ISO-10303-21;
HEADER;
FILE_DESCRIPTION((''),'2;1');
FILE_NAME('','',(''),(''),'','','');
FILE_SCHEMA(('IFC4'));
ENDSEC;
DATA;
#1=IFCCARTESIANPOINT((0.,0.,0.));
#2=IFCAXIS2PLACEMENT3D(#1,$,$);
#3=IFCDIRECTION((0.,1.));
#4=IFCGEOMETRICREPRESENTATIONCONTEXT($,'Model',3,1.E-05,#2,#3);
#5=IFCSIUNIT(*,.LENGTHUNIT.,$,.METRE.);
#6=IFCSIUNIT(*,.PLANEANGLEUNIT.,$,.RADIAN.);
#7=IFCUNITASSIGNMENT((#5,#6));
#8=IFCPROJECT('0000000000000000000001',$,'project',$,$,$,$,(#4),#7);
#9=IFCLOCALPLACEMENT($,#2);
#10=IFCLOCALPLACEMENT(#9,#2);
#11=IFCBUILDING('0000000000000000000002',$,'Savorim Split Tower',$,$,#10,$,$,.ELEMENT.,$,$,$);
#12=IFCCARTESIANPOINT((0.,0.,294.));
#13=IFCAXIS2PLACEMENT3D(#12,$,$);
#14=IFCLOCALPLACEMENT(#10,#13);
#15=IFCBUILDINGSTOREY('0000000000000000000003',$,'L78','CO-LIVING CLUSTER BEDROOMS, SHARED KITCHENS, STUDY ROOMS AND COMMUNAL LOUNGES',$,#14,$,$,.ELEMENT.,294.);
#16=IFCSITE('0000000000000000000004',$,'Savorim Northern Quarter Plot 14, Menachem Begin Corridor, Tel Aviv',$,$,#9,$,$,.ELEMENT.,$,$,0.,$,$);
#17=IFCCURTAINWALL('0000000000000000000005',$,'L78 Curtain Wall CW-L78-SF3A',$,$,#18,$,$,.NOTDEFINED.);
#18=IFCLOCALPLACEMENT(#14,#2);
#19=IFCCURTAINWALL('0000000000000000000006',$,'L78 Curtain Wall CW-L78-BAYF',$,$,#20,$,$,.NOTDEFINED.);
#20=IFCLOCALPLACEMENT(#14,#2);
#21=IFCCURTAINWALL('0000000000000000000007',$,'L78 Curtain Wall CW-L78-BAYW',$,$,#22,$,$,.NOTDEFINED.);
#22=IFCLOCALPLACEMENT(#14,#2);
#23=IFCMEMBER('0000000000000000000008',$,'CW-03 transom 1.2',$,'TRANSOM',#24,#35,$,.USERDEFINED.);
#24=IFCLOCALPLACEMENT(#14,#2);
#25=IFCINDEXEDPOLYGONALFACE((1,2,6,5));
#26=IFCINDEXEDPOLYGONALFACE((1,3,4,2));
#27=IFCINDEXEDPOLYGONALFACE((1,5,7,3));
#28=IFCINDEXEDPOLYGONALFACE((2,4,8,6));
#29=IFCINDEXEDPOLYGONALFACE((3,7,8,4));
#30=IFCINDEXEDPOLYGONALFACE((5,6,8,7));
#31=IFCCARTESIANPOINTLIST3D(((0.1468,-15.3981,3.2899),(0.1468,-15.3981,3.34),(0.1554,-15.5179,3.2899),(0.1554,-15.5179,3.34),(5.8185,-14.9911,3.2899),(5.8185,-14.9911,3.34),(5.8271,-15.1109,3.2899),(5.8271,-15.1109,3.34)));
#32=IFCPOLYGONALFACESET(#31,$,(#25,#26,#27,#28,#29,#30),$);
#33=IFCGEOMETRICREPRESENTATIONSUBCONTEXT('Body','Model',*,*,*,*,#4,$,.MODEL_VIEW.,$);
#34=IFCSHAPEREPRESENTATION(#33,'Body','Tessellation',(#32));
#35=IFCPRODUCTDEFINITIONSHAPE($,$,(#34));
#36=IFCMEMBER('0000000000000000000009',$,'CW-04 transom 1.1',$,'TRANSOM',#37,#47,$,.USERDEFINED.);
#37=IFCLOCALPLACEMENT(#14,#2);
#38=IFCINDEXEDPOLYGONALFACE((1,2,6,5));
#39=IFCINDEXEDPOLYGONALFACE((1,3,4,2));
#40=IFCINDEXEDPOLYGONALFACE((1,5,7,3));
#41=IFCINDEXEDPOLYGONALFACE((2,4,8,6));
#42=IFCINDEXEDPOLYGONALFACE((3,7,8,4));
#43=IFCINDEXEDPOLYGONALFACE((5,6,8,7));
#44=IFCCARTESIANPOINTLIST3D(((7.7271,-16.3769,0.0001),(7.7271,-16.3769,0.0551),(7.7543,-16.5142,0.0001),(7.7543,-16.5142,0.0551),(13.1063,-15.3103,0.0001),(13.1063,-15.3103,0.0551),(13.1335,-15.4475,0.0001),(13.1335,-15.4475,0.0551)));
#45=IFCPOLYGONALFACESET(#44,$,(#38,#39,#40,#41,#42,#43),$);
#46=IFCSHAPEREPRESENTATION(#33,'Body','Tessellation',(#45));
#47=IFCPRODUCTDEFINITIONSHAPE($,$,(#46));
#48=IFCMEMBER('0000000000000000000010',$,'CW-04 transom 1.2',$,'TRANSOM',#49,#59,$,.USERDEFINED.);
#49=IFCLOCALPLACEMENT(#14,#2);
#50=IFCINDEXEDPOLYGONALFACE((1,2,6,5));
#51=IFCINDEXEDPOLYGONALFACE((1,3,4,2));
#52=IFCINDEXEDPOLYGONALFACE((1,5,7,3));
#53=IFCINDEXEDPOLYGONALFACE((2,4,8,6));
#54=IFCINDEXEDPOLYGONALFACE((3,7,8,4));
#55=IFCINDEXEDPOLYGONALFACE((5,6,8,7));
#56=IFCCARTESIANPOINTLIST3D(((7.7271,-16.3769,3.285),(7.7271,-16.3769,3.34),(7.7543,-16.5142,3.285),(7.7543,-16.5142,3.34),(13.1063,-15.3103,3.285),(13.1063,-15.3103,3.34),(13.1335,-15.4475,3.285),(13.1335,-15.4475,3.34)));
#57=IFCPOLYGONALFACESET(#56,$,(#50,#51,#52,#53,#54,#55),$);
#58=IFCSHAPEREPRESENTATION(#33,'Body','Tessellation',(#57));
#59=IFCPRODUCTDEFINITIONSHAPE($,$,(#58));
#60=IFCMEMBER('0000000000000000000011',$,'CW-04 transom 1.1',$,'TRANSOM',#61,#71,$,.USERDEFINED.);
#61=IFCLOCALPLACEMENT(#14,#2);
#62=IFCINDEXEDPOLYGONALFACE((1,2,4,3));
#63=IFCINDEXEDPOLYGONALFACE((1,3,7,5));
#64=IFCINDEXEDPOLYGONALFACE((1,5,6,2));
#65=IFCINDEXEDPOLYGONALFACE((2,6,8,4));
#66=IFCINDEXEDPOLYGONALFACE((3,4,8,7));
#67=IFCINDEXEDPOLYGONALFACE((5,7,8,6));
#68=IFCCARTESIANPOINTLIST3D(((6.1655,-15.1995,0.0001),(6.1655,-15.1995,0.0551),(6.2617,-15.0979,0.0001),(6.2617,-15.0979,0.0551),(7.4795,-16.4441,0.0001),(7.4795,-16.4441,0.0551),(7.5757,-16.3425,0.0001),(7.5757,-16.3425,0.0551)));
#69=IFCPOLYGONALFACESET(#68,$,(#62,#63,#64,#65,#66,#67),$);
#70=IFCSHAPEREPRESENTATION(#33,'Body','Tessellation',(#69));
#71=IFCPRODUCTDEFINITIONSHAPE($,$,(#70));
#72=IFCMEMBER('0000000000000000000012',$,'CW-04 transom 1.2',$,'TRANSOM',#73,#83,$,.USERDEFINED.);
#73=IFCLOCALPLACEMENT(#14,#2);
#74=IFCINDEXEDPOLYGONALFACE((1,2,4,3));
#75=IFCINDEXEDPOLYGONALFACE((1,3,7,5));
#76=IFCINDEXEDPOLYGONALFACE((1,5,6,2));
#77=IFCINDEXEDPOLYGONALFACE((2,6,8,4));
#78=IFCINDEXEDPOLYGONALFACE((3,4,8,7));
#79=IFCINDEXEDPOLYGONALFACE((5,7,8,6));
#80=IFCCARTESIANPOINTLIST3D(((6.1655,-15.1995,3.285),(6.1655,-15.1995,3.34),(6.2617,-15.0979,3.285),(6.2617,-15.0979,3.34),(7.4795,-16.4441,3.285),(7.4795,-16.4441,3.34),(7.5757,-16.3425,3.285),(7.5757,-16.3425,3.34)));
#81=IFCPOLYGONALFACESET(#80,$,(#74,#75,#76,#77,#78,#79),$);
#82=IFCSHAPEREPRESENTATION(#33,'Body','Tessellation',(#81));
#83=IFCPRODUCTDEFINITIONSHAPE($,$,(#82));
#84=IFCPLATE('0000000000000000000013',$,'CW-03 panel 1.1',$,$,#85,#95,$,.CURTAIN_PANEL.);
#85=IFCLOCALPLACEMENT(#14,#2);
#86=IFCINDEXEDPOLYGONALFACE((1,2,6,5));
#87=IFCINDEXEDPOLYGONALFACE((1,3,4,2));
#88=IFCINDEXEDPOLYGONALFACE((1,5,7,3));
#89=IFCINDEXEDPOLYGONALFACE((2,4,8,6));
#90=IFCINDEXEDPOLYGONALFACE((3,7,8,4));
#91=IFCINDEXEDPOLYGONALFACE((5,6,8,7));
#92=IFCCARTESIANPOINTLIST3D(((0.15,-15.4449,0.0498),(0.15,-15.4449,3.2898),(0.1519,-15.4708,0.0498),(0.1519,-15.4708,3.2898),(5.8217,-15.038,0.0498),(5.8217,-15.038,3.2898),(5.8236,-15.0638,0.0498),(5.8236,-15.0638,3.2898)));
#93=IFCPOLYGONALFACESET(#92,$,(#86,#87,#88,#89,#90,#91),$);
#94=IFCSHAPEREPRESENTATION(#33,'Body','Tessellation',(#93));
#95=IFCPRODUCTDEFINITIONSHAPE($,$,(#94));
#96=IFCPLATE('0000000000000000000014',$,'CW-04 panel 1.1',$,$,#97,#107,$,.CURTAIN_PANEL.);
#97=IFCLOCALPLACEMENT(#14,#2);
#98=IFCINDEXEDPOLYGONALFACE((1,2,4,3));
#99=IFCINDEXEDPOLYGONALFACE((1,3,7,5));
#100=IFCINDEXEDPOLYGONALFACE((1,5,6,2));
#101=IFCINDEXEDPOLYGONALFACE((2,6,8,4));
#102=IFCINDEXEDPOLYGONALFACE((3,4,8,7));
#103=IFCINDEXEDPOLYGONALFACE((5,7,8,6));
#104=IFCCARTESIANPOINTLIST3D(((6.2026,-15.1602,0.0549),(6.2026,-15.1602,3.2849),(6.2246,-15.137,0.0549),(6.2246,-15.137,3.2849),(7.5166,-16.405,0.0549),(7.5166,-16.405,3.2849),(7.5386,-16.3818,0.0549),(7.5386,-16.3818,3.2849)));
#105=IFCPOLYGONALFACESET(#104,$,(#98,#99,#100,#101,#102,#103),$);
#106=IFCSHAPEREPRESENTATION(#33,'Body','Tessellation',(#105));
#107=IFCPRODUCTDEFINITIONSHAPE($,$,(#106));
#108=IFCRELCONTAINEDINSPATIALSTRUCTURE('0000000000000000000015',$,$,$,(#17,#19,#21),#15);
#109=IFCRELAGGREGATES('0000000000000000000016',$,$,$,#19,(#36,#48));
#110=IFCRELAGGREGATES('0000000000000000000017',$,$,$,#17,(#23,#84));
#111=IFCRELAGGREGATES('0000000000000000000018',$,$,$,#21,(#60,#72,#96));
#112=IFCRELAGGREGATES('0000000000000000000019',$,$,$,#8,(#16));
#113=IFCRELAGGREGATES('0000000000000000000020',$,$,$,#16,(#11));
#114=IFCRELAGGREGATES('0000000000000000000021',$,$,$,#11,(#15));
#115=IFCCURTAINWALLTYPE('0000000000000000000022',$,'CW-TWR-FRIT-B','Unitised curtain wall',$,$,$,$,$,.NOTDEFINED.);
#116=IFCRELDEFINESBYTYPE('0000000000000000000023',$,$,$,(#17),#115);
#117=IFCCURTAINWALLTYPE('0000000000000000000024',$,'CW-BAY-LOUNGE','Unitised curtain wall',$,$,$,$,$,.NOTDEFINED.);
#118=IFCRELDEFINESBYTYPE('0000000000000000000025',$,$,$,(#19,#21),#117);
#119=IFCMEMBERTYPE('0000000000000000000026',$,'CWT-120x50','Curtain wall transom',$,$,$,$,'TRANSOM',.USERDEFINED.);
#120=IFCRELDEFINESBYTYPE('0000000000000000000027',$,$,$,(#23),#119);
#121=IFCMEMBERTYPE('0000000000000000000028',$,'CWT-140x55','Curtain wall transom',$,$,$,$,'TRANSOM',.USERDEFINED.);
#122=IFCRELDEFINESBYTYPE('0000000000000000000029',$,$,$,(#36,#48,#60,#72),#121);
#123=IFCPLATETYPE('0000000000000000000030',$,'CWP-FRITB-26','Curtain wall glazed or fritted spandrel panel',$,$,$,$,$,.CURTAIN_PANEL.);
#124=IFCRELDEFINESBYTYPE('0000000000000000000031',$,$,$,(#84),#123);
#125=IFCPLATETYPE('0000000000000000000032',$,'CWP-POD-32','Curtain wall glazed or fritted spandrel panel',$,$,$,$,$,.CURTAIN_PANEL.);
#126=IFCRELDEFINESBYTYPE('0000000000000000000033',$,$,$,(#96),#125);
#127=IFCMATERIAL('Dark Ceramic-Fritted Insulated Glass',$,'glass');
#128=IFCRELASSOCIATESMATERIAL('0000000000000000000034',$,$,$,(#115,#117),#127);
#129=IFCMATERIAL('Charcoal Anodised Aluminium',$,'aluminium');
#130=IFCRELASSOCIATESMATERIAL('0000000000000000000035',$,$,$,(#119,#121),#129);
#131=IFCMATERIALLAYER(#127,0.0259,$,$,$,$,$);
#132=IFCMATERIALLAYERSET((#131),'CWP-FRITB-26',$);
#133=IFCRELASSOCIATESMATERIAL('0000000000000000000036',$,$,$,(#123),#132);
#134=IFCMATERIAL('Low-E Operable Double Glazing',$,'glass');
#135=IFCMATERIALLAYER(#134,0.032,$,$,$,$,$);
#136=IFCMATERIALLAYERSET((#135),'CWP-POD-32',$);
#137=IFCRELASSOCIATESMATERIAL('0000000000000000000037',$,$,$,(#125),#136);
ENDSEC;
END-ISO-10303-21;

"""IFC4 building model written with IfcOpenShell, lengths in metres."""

from ifc_helpers import new_model, si_unit, direction, frame, origin, origin_2d, place, context, subcontext, project, spatial, rectangle, extrude, material, layer, layer_set, material_profile, profile_set, type_object, element, aggregate, save


model = new_model("IFC4")

# Units and contexts
model_context = context("Model", 3, precision=1e-05, world=origin(), true_north=direction((0.0, 1.0)))
body_context = subcontext(model_context, "Body", "Model", "MODEL_VIEW")
ifc_project = project(units=[si_unit("LENGTHUNIT", "METRE"), si_unit("PLANEANGLEUNIT", "RADIAN")], contexts=[model_context])

# Site, building, storey
site_placement = place(None, origin())
site = spatial("IfcSite", under=ifc_project, at=site_placement, Name="Savorim Northern Quarter Plot 14, Menachem Begin Corridor, Tel Aviv", CompositionType="ELEMENT", RefElevation=0.0)
building_placement = place(site_placement, origin())
building = spatial("IfcBuilding", under=site, at=building_placement, Name="Savorim Split Tower", CompositionType="ELEMENT")
storey_placement = place(building_placement, frame((0.0, 0.0, 294.0)))
storey = spatial("IfcBuildingStorey", under=building, at=storey_placement, Name="L78", Description="CO-LIVING CLUSTER BEDROOMS, SHARED KITCHENS, STUDY ROOMS AND COMMUNAL LOUNGES", CompositionType="ELEMENT", Elevation=294.0)

# Curtain wall
ifc_material_1 = material(Name="Dark Ceramic-Fritted Insulated Glass", Category="glass")
curtain_wall_type_1 = type_object("IfcCurtainWallType", Name="CW-TWR-FRIT-B", Description="Unitised curtain wall", PredefinedType="NOTDEFINED", material=ifc_material_1)
curtain_wall_1_placement = place(storey_placement, origin())
curtain_wall_1 = element("IfcCurtainWall", 1, at=curtain_wall_1_placement, inside=storey, type_object=curtain_wall_type_1, Name="L78 Curtain Wall CW-L78-SF3A", PredefinedType="NOTDEFINED")
ifc_material_2 = material(Name="Charcoal Anodised Aluminium", Category="aluminium")

# Curtain wall
curtain_wall_type_2 = type_object("IfcCurtainWallType", Name="CW-BAY-LOUNGE", Description="Unitised curtain wall", PredefinedType="NOTDEFINED", material=ifc_material_1)
curtain_wall_2_placement = place(storey_placement, origin())
curtain_wall_2 = element("IfcCurtainWall", 2, at=curtain_wall_2_placement, inside=storey, type_object=curtain_wall_type_2, Name="L78 Curtain Wall CW-L78-BAYF", PredefinedType="NOTDEFINED")

# Curtain wall
curtain_wall_3_placement = place(storey_placement, origin())
curtain_wall_3 = element("IfcCurtainWall", 3, at=curtain_wall_3_placement, inside=storey, type_object=curtain_wall_type_2, Name="L78 Curtain Wall CW-L78-BAYW", PredefinedType="NOTDEFINED")

# Members
ifc_material_profile_1 = material_profile(ifc_material_2, rectangle(XDim=0.1201, YDim=0.05, at=origin_2d()), Name="ALU-T 120x50")
ifc_profile_set_1 = profile_set([ifc_material_profile_1], Name="Charcoal Anodised Aluminium")
member_type_1 = type_object("IfcMemberType", Name="CWT-120x50", Description="Curtain wall transom", ElementType="TRANSOM", PredefinedType="USERDEFINED", material=ifc_profile_set_1)
member_1_placement = place(storey_placement, frame((0.1511, -15.458, 3.3149), z_axis=(0.997435, 0.071574, 0.0), x_axis=(-0.071574, 0.997435, 0.0)))
member_1 = element("IfcMember", 4, at=member_1_placement, type_object=member_type_1, Name="CW-03 transom 1.2", ObjectType="TRANSOM", PredefinedType="USERDEFINED", context=body_context, shape_type="SweptSolid", body=[
    extrude(rectangle(XDim=0.1201, YDim=0.05, at=origin_2d()), origin(), (0.0, 0.0, 1.0), 5.6863),
])
ifc_material_profile_2 = material_profile(ifc_material_2, rectangle(XDim=0.1399, YDim=0.0549, at=origin_2d()), Name="ALU-T 140x55")
ifc_profile_set_2 = profile_set([ifc_material_profile_2], Name="Charcoal Anodised Aluminium")
member_type_2 = type_object("IfcMemberType", Name="CWT-140x55", Description="Curtain wall transom", ElementType="TRANSOM", PredefinedType="USERDEFINED", material=ifc_profile_set_2)
member_2_placement = place(storey_placement, frame((7.7407, -16.4456, 0.0276), z_axis=(0.980901, 0.194506, 0.0), x_axis=(-0.194506, 0.980901, 0.0)))
member_2 = element("IfcMember", 5, at=member_2_placement, type_object=member_type_2, Name="CW-04 transom 1.1", ObjectType="TRANSOM", PredefinedType="USERDEFINED", context=body_context, shape_type="SweptSolid", body=[
    extrude(rectangle(XDim=0.1399, YDim=0.0549, at=origin_2d()), origin(), (0.0, 0.0, 1.0), 5.4839),
])
member_3_placement = place(storey_placement, frame((7.7407, -16.4456, 3.3125), z_axis=(0.980901, 0.194506, 0.0), x_axis=(-0.194506, 0.980901, 0.0)))
member_3 = element("IfcMember", 6, at=member_3_placement, type_object=member_type_2, Name="CW-04 transom 1.2", ObjectType="TRANSOM", PredefinedType="USERDEFINED", context=body_context, shape_type="SweptSolid", body=[
    extrude(rectangle(XDim=0.1399, YDim=0.0549, at=origin_2d()), origin(), (0.0, 0.0, 1.0), 5.4839),
])
aggregate(curtain_wall_2, [member_2, member_3])
member_4_placement = place(storey_placement, frame((6.2136, -15.1487, 0.0276), z_axis=(0.726002, -0.687692, 0.0), x_axis=(0.687692, 0.726002, 0.0)))
member_4 = element("IfcMember", 7, at=member_4_placement, type_object=member_type_2, Name="CW-04 transom 1.1", ObjectType="TRANSOM", PredefinedType="USERDEFINED", context=body_context, shape_type="SweptSolid", body=[
    extrude(rectangle(XDim=0.1399, YDim=0.0549, at=origin_2d()), origin(), (0.0, 0.0, 1.0), 1.8098),
])
member_5_placement = place(storey_placement, frame((6.2136, -15.1487, 3.3125), z_axis=(0.726002, -0.687692, 0.0), x_axis=(0.687692, 0.726002, 0.0)))
member_5 = element("IfcMember", 8, at=member_5_placement, type_object=member_type_2, Name="CW-04 transom 1.2", ObjectType="TRANSOM", PredefinedType="USERDEFINED", context=body_context, shape_type="SweptSolid", body=[
    extrude(rectangle(XDim=0.1399, YDim=0.0549, at=origin_2d()), origin(), (0.0, 0.0, 1.0), 1.8098),
])

# Plates
ifc_layer_1 = layer(ifc_material_1, 0.0259)
ifc_layer_set_1 = layer_set([ifc_layer_1], Name="CWP-FRITB-26")
plate_type_1 = type_object("IfcPlateType", Name="CWP-FRITB-26", Description="Curtain wall glazed or fritted spandrel panel", PredefinedType="CURTAIN_PANEL", material=ifc_layer_set_1)
plate_1_placement = place(storey_placement, frame((2.9868, -15.2544, 0.0498), z_axis=(0.0, 0.0, 1.0), x_axis=(0.997436, 0.071562, 0.0)))
plate_1 = element("IfcPlate", 9, at=plate_1_placement, type_object=plate_type_1, Name="CW-03 panel 1.1", PredefinedType="CURTAIN_PANEL", context=body_context, shape_type="SweptSolid", body=[
    extrude(rectangle(XDim=5.6863, YDim=0.0259, at=origin_2d()), origin(), (0.0, 0.0, 1.0), 3.24),
])
aggregate(curtain_wall_1, [member_1, plate_1])
ifc_material_3 = material(Name="Low-E Operable Double Glazing", Category="glass")
ifc_layer_2 = layer(ifc_material_3, 0.032)
ifc_layer_set_2 = layer_set([ifc_layer_2], Name="CWP-POD-32")
plate_type_2 = type_object("IfcPlateType", Name="CWP-POD-32", Description="Curtain wall glazed or fritted spandrel panel", PredefinedType="CURTAIN_PANEL", material=ifc_layer_set_2)
plate_2_placement = place(storey_placement, frame((6.8706, -15.771, 0.0549), z_axis=(0.0, 0.0, 1.0), x_axis=(0.725947, -0.68775, 0.0)))
plate_2 = element("IfcPlate", 10, at=plate_2_placement, type_object=plate_type_2, Name="CW-04 panel 1.1", PredefinedType="CURTAIN_PANEL", context=body_context, shape_type="SweptSolid", body=[
    extrude(rectangle(XDim=1.8101, YDim=0.032, at=origin_2d()), origin(), (0.0, 0.0, 1.0), 3.23),
])
aggregate(curtain_wall_3, [member_4, member_5, plate_2])

save(model, "model.ifc")
